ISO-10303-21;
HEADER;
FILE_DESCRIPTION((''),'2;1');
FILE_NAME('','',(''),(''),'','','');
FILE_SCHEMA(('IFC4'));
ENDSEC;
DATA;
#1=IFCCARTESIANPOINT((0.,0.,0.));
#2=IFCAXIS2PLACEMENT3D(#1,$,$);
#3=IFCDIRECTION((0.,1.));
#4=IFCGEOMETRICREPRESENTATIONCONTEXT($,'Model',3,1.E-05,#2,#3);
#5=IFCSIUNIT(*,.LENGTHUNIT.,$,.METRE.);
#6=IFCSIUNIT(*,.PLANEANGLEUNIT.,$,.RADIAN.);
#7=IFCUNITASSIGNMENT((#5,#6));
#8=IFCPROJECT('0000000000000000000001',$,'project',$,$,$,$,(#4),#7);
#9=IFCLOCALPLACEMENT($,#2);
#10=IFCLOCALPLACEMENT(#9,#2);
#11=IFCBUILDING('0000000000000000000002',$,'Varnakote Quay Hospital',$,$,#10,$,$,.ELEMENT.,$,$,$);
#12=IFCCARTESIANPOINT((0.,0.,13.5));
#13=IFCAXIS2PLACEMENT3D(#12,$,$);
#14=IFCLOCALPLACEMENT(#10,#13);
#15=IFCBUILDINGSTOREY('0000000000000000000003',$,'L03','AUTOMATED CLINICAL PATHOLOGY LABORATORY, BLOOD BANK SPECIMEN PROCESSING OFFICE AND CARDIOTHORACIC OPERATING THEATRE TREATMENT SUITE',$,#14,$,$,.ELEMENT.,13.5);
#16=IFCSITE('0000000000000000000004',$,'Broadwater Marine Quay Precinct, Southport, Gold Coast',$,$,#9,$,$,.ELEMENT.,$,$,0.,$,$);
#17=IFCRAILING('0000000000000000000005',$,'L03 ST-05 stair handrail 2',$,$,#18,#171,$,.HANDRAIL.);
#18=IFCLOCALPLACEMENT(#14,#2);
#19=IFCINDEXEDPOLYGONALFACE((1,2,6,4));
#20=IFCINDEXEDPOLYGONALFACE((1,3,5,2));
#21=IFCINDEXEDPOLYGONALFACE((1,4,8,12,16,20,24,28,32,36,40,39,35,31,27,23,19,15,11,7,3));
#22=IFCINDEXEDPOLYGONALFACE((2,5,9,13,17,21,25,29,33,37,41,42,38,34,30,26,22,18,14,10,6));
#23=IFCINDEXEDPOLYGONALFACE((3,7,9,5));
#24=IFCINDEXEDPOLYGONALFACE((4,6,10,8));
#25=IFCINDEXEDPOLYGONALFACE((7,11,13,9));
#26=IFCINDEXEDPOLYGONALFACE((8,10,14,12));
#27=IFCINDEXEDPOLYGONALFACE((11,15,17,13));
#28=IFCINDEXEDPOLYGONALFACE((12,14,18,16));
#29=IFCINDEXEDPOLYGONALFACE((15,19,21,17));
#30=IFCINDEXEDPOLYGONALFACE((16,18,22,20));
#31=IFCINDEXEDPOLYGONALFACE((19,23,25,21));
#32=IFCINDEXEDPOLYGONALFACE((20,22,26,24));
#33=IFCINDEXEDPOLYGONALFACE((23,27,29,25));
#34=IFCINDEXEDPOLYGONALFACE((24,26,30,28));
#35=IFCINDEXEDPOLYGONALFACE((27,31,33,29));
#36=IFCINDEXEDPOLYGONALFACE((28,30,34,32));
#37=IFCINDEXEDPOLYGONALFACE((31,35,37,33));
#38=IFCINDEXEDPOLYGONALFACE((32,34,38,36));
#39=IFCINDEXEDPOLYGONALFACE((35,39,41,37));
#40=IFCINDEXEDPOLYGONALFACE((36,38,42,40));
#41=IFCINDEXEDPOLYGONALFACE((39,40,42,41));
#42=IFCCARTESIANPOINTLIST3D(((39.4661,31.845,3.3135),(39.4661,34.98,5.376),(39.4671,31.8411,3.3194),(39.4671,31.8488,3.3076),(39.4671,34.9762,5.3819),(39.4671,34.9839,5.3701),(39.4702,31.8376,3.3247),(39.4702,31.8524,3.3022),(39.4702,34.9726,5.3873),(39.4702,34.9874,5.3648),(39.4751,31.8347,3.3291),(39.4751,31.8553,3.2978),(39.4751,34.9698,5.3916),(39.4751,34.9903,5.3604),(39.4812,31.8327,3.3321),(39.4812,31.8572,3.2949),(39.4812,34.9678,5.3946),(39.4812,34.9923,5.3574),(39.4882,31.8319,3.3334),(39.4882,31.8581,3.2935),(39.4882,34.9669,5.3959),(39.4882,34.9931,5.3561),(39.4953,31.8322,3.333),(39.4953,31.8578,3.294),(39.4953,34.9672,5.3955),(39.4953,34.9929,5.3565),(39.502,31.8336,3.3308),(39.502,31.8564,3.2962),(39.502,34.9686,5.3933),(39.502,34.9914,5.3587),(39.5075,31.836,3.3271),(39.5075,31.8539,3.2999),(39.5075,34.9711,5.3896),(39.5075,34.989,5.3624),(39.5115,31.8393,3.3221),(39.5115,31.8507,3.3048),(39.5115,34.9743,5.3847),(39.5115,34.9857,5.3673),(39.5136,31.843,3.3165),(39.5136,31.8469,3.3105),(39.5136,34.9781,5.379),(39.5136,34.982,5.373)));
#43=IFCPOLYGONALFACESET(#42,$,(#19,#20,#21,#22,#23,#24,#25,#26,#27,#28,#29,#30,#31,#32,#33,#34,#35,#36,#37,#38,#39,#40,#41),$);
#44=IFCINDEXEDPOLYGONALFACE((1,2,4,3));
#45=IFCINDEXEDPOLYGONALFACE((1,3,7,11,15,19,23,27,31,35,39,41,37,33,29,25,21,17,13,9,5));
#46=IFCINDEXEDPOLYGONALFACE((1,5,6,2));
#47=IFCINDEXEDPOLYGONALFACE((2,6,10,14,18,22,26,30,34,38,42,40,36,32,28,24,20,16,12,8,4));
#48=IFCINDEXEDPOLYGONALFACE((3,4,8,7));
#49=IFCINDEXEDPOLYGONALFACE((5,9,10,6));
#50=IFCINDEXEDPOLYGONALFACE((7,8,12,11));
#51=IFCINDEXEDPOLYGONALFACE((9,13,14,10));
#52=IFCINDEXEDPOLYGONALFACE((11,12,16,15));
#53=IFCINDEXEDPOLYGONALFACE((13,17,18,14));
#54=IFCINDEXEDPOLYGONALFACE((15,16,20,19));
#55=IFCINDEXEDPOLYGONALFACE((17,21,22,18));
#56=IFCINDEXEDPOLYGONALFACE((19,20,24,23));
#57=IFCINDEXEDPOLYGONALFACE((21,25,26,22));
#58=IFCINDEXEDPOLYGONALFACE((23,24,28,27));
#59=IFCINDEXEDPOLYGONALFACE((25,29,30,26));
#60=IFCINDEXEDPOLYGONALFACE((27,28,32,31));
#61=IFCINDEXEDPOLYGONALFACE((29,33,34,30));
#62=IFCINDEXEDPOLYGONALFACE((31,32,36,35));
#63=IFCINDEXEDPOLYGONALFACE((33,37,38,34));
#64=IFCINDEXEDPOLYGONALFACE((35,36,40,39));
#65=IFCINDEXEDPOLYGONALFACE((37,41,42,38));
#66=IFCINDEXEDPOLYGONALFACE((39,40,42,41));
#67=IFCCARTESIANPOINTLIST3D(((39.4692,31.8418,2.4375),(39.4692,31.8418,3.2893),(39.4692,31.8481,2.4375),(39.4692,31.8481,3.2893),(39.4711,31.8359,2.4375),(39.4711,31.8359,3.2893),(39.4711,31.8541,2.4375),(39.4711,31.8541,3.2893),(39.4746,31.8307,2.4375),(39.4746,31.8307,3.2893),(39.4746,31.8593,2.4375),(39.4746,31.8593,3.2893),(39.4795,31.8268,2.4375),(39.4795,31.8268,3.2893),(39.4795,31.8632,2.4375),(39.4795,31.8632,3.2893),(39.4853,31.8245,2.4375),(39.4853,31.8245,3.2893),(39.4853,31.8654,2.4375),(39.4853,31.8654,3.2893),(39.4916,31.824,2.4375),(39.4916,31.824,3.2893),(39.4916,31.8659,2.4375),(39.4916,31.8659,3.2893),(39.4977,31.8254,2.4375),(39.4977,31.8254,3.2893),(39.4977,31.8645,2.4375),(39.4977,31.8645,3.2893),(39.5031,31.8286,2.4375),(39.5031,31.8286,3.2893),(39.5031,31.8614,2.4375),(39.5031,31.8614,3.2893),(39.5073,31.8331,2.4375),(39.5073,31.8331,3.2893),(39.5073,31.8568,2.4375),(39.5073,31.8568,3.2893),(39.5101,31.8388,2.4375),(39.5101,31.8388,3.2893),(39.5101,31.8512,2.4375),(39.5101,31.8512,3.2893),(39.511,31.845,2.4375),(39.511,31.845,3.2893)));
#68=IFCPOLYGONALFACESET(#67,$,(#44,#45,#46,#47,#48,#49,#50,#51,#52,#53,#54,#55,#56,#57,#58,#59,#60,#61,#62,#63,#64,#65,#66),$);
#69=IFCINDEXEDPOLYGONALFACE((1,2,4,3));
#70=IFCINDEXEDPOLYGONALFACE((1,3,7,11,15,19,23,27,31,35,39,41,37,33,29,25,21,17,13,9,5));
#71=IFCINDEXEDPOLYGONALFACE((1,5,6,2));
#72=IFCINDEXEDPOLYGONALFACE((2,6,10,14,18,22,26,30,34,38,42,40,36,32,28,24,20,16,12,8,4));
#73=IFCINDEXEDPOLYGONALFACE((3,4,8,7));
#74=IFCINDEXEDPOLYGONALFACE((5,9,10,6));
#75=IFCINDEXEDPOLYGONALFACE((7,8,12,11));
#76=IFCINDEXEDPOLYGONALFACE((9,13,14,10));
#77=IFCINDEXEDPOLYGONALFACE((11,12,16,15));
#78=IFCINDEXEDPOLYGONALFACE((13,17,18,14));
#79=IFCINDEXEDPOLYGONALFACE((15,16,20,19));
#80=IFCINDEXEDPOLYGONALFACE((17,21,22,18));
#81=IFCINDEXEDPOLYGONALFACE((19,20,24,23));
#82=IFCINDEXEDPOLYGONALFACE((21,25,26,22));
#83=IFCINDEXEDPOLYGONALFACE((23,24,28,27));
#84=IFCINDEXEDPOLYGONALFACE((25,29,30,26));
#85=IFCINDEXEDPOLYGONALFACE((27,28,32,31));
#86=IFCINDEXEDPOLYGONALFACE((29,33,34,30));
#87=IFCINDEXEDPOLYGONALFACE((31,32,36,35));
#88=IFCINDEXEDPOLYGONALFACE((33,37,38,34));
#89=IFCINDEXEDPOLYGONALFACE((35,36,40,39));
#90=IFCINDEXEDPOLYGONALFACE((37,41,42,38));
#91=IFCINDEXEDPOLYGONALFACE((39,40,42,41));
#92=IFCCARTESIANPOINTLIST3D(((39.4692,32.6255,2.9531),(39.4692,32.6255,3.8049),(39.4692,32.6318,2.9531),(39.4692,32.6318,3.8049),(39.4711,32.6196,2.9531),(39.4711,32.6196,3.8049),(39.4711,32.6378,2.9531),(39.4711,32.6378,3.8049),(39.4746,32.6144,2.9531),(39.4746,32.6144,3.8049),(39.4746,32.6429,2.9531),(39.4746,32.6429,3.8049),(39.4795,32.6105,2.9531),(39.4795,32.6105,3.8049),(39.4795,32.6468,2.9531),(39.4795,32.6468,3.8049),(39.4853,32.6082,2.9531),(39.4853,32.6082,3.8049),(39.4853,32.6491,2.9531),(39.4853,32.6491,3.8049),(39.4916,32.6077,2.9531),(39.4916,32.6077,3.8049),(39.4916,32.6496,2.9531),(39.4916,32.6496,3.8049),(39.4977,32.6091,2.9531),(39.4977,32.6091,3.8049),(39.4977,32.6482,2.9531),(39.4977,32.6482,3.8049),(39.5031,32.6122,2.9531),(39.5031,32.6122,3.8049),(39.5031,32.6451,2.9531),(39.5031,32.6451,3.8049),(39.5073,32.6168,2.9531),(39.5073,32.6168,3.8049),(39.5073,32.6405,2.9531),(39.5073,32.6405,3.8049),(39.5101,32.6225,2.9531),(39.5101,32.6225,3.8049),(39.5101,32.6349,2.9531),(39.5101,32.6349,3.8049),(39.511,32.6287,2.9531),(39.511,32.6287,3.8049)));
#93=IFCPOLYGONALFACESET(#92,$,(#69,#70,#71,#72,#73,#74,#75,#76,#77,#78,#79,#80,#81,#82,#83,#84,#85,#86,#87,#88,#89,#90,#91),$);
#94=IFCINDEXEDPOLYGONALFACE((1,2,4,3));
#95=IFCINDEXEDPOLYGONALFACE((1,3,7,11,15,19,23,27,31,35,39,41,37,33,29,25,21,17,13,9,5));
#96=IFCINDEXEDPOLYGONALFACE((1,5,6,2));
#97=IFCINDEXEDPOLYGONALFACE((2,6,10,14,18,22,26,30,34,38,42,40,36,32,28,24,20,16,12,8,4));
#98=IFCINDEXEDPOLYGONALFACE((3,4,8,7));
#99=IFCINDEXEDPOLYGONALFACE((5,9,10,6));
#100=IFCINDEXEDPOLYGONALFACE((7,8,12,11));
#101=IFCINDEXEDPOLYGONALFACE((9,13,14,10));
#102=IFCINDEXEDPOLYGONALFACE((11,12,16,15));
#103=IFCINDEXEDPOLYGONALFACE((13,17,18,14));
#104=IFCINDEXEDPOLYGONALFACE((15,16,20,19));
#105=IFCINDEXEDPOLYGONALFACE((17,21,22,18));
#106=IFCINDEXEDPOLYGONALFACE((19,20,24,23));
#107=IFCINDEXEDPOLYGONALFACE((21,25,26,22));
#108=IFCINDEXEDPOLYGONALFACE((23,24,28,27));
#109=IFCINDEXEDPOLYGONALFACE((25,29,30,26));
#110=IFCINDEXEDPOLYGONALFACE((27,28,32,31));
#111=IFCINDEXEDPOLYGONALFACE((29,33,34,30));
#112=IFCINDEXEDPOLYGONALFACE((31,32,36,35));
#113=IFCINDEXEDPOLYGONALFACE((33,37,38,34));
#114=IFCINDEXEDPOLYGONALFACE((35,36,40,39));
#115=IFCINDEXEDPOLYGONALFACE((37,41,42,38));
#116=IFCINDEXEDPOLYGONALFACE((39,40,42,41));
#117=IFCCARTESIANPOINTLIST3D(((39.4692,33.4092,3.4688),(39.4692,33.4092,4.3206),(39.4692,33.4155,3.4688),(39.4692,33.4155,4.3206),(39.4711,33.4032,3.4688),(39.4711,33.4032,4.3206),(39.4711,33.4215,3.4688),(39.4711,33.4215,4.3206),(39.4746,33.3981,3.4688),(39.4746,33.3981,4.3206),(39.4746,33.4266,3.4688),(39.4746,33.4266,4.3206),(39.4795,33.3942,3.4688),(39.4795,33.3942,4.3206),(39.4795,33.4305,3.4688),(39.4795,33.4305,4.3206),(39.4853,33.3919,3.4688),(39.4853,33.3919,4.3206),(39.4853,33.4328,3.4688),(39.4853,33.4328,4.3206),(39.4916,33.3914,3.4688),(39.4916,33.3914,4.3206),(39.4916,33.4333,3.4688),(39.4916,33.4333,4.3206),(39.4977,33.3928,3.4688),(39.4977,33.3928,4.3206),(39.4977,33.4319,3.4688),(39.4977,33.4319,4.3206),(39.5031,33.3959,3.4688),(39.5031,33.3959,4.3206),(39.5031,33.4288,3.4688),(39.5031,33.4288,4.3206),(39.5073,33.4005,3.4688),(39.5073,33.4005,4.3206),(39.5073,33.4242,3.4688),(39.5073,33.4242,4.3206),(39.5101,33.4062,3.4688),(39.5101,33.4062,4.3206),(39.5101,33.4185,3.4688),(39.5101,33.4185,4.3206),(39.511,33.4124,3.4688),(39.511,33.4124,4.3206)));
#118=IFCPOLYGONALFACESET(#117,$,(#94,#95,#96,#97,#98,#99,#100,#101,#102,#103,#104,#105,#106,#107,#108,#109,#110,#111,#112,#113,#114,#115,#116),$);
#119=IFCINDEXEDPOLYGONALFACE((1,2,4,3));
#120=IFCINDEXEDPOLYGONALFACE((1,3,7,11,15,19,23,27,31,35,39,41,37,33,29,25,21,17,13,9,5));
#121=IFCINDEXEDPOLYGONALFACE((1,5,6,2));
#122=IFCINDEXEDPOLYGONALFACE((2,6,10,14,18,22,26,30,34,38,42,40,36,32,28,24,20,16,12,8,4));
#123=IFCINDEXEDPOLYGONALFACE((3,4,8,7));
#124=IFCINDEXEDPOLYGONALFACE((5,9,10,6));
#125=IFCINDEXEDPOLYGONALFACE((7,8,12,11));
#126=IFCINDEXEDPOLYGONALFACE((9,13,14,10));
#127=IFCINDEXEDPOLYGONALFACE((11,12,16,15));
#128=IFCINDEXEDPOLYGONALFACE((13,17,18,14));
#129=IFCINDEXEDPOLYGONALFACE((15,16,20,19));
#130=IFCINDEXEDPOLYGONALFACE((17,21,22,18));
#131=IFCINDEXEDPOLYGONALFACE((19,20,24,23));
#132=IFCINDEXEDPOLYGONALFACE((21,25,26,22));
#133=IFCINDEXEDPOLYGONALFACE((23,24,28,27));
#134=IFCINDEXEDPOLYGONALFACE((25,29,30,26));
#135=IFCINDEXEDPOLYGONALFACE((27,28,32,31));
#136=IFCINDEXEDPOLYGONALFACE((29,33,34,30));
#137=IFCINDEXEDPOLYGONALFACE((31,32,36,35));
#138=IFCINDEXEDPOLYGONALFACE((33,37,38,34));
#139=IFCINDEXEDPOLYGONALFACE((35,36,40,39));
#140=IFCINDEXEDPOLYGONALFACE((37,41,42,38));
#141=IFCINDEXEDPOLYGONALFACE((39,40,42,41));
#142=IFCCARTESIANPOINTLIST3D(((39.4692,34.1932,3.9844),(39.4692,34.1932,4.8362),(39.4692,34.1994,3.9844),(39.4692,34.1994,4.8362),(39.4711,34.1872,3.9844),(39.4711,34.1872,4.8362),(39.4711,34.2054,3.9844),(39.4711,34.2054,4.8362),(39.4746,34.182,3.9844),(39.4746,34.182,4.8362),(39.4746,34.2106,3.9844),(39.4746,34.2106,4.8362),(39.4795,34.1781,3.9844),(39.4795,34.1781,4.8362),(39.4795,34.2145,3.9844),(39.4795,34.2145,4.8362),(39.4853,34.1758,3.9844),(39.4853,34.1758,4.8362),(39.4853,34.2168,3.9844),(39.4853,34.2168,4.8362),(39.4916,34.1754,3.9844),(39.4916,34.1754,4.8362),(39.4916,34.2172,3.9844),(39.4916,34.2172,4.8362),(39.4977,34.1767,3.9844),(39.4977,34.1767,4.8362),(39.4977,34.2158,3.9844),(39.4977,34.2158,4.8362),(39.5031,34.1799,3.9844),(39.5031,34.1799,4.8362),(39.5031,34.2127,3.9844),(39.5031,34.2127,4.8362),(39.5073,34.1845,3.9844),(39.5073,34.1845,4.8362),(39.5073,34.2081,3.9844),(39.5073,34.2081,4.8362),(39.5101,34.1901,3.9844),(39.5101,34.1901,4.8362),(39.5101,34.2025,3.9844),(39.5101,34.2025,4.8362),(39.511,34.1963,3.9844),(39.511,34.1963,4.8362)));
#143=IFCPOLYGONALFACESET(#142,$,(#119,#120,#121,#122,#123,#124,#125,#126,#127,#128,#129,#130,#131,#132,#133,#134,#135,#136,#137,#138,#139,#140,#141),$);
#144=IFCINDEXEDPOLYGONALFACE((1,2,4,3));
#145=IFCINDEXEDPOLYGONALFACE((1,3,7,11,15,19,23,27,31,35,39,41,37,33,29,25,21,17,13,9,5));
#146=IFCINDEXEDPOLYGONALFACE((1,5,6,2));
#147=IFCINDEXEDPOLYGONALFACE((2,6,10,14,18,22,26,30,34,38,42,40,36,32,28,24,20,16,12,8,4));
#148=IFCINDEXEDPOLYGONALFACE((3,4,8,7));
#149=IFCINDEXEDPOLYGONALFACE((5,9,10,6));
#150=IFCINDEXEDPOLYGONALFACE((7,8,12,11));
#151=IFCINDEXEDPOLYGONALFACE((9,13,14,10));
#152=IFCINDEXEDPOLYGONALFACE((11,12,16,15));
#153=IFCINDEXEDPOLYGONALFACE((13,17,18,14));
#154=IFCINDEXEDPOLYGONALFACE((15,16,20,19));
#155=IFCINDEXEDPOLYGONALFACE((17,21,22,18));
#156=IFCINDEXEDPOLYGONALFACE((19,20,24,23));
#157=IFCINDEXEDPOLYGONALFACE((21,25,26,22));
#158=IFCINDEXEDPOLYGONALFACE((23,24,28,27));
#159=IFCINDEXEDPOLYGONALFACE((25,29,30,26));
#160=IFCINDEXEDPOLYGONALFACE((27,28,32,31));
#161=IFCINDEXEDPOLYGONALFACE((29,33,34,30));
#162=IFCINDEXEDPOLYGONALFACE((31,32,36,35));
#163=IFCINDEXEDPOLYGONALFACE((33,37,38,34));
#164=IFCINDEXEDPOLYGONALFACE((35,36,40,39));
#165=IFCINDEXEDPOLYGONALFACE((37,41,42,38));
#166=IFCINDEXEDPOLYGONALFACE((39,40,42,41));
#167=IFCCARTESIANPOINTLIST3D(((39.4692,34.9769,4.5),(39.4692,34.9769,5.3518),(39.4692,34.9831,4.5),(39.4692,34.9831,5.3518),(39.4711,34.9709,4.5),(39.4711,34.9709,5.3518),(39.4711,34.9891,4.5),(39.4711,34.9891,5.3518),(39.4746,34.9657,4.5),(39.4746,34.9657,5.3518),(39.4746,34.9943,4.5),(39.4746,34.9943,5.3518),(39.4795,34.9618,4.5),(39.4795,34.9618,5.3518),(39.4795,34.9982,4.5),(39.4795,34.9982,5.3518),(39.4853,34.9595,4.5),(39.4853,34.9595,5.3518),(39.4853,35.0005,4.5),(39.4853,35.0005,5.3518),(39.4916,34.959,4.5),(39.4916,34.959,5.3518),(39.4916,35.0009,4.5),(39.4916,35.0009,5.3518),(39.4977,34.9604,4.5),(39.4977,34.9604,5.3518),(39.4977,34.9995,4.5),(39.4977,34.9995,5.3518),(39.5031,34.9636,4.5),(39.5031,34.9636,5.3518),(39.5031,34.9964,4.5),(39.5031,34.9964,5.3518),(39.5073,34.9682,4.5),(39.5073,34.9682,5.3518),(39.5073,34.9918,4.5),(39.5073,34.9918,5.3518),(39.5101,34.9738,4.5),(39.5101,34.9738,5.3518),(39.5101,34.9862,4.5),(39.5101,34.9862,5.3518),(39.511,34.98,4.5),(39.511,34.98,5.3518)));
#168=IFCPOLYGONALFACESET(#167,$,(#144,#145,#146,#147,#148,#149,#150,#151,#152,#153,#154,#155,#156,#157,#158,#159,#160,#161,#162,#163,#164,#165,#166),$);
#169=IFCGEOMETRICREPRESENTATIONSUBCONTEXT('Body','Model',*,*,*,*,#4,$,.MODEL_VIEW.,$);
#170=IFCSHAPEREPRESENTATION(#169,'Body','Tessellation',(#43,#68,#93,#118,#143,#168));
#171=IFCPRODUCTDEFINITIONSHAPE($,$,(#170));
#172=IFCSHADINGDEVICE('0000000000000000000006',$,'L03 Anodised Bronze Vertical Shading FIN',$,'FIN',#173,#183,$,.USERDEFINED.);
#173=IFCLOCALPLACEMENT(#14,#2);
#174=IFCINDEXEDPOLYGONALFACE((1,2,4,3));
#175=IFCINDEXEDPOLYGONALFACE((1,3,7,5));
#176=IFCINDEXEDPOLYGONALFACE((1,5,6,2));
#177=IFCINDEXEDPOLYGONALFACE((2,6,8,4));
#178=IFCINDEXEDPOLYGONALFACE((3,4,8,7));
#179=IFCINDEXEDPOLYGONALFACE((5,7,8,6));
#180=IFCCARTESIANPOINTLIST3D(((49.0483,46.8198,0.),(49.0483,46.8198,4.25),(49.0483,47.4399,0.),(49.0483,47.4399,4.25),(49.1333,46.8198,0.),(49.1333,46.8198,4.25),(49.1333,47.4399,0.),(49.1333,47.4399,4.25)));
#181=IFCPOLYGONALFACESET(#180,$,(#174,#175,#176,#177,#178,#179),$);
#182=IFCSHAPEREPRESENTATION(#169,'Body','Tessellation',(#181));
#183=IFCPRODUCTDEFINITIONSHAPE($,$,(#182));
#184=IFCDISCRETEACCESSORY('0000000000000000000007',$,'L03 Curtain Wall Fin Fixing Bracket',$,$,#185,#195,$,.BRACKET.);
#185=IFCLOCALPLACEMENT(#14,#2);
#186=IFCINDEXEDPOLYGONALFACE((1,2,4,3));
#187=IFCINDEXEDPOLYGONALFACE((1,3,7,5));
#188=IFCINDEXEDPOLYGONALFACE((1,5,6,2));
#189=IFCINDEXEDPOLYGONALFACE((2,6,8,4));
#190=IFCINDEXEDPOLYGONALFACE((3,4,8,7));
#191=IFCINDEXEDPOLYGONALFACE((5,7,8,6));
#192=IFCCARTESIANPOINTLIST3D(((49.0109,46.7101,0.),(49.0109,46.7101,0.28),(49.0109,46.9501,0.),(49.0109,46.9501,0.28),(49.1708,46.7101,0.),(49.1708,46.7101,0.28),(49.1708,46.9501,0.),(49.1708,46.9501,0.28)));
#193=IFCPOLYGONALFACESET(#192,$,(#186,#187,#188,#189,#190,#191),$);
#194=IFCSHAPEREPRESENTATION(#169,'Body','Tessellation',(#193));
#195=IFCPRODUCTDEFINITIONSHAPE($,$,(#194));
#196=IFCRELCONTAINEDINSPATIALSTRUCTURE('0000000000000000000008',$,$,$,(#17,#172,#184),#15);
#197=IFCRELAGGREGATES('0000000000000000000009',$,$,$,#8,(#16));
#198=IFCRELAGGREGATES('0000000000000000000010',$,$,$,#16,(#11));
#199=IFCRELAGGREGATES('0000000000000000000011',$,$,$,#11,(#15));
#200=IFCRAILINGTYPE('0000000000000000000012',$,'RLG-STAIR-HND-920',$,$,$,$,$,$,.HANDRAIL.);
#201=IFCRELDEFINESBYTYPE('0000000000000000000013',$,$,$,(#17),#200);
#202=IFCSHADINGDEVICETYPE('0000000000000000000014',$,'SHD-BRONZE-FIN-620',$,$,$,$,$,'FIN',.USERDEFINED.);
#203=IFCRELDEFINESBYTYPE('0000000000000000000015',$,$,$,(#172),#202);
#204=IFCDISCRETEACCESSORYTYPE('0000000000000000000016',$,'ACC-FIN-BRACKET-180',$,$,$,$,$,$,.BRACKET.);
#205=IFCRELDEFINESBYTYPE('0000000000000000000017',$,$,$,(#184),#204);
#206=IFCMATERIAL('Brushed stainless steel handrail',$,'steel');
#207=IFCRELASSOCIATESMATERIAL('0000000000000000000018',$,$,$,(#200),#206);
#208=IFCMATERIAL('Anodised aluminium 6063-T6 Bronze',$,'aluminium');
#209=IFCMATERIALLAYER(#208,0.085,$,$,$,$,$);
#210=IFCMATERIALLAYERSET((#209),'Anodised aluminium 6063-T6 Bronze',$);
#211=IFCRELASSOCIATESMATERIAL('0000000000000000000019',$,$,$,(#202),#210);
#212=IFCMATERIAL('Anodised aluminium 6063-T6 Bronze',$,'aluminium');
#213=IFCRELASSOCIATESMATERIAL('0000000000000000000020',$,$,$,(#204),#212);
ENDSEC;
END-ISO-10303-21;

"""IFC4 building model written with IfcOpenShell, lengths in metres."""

from ifc_helpers import new_model, si_unit, direction, frame, origin, origin_2d, place, context, subcontext, project, spatial, rectangle, circle, extrude, material, layer, layer_set, type_object, element, save


model = new_model("IFC4")

# Units and contexts
model_context = context("Model", 3, precision=1e-05, world=origin(), true_north=direction((0.0, 1.0)))
body_context = subcontext(model_context, "Body", "Model", "MODEL_VIEW")
ifc_project = project(units=[si_unit("LENGTHUNIT", "METRE"), si_unit("PLANEANGLEUNIT", "RADIAN")], contexts=[model_context])

# Site, building, storey
site_placement = place(None, origin())
site = spatial("IfcSite", under=ifc_project, at=site_placement, Name="Broadwater Marine Quay Precinct, Southport, Gold Coast", CompositionType="ELEMENT", RefElevation=0.0)
building_placement = place(site_placement, origin())
building = spatial("IfcBuilding", under=site, at=building_placement, Name="Varnakote Quay Hospital", CompositionType="ELEMENT")
storey_placement = place(building_placement, frame((0.0, 0.0, 13.5)))
storey = spatial("IfcBuildingStorey", under=building, at=storey_placement, Name="L03", Description="AUTOMATED CLINICAL PATHOLOGY LABORATORY, BLOOD BANK SPECIMEN PROCESSING OFFICE AND CARDIOTHORACIC OPERATING THEATRE TREATMENT SUITE", CompositionType="ELEMENT", Elevation=13.5)

# Railing
ifc_material_1 = material(Name="Brushed stainless steel handrail", Category="steel")
railing_type = type_object("IfcRailingType", Name="RLG-STAIR-HND-920", PredefinedType="HANDRAIL", material=ifc_material_1)
railing_placement = place(storey_placement, frame((39.49, 31.845, 2.4375)))
element("IfcRailing", 1, at=railing_placement, inside=storey, type_object=railing_type, Name="L03 ST-05 stair handrail 2", PredefinedType="HANDRAIL", context=body_context, shape_type="SweptSolid", body=[
    extrude(circle(Radius=0.0239, at=origin_2d()), frame((0.0, 0.0, 0.876), z_axis=(0.0, 0.835418, 0.549615), x_axis=(-1.0, 0.0, 0.0)), (0.0, 0.0, 1.0), 3.7527),
    extrude(circle(Radius=0.021, at=origin_2d()), origin(), (0.0, 0.0, 1.0), 0.8518),
    extrude(circle(Radius=0.021, at=origin_2d()), frame((0.0, 0.7837, 0.5156)), (0.0, 0.0, 1.0), 0.8518),
    extrude(circle(Radius=0.021, at=origin_2d()), frame((0.0, 1.5674, 1.0312)), (0.0, 0.0, 1.0), 0.8518),
    extrude(circle(Radius=0.021, at=origin_2d()), frame((0.0, 2.3513, 1.5469)), (0.0, 0.0, 1.0), 0.8518),
    extrude(circle(Radius=0.021, at=origin_2d()), frame((0.0, 3.135, 2.0625)), (0.0, 0.0, 1.0), 0.8518),
])

# Shading device
ifc_material_2 = material(Name="Anodised aluminium 6063-T6 Bronze", Category="aluminium")
ifc_layer_1 = layer(ifc_material_2, 0.085)
ifc_layer_set_1 = layer_set([ifc_layer_1], Name="Anodised aluminium 6063-T6 Bronze")
shading_device_type = type_object("IfcShadingDeviceType", Name="SHD-BRONZE-FIN-620", ElementType="FIN", PredefinedType="USERDEFINED", material=ifc_layer_set_1)
shading_device_placement = place(storey_placement, frame((49.0908, 47.1299, 0.0), z_axis=(0.0, 0.0, 1.0), x_axis=(0.0, -1.0, 0.0)))
element("IfcShadingDevice", 2, at=shading_device_placement, inside=storey, type_object=shading_device_type, Name="L03 Anodised Bronze Vertical Shading FIN", ObjectType="FIN", PredefinedType="USERDEFINED", context=body_context, shape_type="SweptSolid", body=[
    extrude(rectangle(XDim=0.6201, YDim=0.085, at=origin_2d()), origin(), (0.0, 0.0, 1.0), 4.25),
])

# Discrete accessory
ifc_material_3 = material(Name="Anodised aluminium 6063-T6 Bronze", Category="aluminium")
discrete_accessory_type = type_object("IfcDiscreteAccessoryType", Name="ACC-FIN-BRACKET-180", PredefinedType="BRACKET", material=ifc_material_3)
discrete_accessory_placement = place(storey_placement, frame((49.0908, 46.8301, 0.0), z_axis=(0.0, 0.0, 1.0), x_axis=(-1.0, 0.0, 0.0)))
element("IfcDiscreteAccessory", 3, at=discrete_accessory_placement, inside=storey, type_object=discrete_accessory_type, Name="L03 Curtain Wall Fin Fixing Bracket", PredefinedType="BRACKET", context=body_context, shape_type="SweptSolid", body=[
    extrude(rectangle(XDim=0.1599, YDim=0.24, at=origin_2d()), origin(), (0.0, 0.0, 1.0), 0.28),
])

save(model, "model.ifc")
